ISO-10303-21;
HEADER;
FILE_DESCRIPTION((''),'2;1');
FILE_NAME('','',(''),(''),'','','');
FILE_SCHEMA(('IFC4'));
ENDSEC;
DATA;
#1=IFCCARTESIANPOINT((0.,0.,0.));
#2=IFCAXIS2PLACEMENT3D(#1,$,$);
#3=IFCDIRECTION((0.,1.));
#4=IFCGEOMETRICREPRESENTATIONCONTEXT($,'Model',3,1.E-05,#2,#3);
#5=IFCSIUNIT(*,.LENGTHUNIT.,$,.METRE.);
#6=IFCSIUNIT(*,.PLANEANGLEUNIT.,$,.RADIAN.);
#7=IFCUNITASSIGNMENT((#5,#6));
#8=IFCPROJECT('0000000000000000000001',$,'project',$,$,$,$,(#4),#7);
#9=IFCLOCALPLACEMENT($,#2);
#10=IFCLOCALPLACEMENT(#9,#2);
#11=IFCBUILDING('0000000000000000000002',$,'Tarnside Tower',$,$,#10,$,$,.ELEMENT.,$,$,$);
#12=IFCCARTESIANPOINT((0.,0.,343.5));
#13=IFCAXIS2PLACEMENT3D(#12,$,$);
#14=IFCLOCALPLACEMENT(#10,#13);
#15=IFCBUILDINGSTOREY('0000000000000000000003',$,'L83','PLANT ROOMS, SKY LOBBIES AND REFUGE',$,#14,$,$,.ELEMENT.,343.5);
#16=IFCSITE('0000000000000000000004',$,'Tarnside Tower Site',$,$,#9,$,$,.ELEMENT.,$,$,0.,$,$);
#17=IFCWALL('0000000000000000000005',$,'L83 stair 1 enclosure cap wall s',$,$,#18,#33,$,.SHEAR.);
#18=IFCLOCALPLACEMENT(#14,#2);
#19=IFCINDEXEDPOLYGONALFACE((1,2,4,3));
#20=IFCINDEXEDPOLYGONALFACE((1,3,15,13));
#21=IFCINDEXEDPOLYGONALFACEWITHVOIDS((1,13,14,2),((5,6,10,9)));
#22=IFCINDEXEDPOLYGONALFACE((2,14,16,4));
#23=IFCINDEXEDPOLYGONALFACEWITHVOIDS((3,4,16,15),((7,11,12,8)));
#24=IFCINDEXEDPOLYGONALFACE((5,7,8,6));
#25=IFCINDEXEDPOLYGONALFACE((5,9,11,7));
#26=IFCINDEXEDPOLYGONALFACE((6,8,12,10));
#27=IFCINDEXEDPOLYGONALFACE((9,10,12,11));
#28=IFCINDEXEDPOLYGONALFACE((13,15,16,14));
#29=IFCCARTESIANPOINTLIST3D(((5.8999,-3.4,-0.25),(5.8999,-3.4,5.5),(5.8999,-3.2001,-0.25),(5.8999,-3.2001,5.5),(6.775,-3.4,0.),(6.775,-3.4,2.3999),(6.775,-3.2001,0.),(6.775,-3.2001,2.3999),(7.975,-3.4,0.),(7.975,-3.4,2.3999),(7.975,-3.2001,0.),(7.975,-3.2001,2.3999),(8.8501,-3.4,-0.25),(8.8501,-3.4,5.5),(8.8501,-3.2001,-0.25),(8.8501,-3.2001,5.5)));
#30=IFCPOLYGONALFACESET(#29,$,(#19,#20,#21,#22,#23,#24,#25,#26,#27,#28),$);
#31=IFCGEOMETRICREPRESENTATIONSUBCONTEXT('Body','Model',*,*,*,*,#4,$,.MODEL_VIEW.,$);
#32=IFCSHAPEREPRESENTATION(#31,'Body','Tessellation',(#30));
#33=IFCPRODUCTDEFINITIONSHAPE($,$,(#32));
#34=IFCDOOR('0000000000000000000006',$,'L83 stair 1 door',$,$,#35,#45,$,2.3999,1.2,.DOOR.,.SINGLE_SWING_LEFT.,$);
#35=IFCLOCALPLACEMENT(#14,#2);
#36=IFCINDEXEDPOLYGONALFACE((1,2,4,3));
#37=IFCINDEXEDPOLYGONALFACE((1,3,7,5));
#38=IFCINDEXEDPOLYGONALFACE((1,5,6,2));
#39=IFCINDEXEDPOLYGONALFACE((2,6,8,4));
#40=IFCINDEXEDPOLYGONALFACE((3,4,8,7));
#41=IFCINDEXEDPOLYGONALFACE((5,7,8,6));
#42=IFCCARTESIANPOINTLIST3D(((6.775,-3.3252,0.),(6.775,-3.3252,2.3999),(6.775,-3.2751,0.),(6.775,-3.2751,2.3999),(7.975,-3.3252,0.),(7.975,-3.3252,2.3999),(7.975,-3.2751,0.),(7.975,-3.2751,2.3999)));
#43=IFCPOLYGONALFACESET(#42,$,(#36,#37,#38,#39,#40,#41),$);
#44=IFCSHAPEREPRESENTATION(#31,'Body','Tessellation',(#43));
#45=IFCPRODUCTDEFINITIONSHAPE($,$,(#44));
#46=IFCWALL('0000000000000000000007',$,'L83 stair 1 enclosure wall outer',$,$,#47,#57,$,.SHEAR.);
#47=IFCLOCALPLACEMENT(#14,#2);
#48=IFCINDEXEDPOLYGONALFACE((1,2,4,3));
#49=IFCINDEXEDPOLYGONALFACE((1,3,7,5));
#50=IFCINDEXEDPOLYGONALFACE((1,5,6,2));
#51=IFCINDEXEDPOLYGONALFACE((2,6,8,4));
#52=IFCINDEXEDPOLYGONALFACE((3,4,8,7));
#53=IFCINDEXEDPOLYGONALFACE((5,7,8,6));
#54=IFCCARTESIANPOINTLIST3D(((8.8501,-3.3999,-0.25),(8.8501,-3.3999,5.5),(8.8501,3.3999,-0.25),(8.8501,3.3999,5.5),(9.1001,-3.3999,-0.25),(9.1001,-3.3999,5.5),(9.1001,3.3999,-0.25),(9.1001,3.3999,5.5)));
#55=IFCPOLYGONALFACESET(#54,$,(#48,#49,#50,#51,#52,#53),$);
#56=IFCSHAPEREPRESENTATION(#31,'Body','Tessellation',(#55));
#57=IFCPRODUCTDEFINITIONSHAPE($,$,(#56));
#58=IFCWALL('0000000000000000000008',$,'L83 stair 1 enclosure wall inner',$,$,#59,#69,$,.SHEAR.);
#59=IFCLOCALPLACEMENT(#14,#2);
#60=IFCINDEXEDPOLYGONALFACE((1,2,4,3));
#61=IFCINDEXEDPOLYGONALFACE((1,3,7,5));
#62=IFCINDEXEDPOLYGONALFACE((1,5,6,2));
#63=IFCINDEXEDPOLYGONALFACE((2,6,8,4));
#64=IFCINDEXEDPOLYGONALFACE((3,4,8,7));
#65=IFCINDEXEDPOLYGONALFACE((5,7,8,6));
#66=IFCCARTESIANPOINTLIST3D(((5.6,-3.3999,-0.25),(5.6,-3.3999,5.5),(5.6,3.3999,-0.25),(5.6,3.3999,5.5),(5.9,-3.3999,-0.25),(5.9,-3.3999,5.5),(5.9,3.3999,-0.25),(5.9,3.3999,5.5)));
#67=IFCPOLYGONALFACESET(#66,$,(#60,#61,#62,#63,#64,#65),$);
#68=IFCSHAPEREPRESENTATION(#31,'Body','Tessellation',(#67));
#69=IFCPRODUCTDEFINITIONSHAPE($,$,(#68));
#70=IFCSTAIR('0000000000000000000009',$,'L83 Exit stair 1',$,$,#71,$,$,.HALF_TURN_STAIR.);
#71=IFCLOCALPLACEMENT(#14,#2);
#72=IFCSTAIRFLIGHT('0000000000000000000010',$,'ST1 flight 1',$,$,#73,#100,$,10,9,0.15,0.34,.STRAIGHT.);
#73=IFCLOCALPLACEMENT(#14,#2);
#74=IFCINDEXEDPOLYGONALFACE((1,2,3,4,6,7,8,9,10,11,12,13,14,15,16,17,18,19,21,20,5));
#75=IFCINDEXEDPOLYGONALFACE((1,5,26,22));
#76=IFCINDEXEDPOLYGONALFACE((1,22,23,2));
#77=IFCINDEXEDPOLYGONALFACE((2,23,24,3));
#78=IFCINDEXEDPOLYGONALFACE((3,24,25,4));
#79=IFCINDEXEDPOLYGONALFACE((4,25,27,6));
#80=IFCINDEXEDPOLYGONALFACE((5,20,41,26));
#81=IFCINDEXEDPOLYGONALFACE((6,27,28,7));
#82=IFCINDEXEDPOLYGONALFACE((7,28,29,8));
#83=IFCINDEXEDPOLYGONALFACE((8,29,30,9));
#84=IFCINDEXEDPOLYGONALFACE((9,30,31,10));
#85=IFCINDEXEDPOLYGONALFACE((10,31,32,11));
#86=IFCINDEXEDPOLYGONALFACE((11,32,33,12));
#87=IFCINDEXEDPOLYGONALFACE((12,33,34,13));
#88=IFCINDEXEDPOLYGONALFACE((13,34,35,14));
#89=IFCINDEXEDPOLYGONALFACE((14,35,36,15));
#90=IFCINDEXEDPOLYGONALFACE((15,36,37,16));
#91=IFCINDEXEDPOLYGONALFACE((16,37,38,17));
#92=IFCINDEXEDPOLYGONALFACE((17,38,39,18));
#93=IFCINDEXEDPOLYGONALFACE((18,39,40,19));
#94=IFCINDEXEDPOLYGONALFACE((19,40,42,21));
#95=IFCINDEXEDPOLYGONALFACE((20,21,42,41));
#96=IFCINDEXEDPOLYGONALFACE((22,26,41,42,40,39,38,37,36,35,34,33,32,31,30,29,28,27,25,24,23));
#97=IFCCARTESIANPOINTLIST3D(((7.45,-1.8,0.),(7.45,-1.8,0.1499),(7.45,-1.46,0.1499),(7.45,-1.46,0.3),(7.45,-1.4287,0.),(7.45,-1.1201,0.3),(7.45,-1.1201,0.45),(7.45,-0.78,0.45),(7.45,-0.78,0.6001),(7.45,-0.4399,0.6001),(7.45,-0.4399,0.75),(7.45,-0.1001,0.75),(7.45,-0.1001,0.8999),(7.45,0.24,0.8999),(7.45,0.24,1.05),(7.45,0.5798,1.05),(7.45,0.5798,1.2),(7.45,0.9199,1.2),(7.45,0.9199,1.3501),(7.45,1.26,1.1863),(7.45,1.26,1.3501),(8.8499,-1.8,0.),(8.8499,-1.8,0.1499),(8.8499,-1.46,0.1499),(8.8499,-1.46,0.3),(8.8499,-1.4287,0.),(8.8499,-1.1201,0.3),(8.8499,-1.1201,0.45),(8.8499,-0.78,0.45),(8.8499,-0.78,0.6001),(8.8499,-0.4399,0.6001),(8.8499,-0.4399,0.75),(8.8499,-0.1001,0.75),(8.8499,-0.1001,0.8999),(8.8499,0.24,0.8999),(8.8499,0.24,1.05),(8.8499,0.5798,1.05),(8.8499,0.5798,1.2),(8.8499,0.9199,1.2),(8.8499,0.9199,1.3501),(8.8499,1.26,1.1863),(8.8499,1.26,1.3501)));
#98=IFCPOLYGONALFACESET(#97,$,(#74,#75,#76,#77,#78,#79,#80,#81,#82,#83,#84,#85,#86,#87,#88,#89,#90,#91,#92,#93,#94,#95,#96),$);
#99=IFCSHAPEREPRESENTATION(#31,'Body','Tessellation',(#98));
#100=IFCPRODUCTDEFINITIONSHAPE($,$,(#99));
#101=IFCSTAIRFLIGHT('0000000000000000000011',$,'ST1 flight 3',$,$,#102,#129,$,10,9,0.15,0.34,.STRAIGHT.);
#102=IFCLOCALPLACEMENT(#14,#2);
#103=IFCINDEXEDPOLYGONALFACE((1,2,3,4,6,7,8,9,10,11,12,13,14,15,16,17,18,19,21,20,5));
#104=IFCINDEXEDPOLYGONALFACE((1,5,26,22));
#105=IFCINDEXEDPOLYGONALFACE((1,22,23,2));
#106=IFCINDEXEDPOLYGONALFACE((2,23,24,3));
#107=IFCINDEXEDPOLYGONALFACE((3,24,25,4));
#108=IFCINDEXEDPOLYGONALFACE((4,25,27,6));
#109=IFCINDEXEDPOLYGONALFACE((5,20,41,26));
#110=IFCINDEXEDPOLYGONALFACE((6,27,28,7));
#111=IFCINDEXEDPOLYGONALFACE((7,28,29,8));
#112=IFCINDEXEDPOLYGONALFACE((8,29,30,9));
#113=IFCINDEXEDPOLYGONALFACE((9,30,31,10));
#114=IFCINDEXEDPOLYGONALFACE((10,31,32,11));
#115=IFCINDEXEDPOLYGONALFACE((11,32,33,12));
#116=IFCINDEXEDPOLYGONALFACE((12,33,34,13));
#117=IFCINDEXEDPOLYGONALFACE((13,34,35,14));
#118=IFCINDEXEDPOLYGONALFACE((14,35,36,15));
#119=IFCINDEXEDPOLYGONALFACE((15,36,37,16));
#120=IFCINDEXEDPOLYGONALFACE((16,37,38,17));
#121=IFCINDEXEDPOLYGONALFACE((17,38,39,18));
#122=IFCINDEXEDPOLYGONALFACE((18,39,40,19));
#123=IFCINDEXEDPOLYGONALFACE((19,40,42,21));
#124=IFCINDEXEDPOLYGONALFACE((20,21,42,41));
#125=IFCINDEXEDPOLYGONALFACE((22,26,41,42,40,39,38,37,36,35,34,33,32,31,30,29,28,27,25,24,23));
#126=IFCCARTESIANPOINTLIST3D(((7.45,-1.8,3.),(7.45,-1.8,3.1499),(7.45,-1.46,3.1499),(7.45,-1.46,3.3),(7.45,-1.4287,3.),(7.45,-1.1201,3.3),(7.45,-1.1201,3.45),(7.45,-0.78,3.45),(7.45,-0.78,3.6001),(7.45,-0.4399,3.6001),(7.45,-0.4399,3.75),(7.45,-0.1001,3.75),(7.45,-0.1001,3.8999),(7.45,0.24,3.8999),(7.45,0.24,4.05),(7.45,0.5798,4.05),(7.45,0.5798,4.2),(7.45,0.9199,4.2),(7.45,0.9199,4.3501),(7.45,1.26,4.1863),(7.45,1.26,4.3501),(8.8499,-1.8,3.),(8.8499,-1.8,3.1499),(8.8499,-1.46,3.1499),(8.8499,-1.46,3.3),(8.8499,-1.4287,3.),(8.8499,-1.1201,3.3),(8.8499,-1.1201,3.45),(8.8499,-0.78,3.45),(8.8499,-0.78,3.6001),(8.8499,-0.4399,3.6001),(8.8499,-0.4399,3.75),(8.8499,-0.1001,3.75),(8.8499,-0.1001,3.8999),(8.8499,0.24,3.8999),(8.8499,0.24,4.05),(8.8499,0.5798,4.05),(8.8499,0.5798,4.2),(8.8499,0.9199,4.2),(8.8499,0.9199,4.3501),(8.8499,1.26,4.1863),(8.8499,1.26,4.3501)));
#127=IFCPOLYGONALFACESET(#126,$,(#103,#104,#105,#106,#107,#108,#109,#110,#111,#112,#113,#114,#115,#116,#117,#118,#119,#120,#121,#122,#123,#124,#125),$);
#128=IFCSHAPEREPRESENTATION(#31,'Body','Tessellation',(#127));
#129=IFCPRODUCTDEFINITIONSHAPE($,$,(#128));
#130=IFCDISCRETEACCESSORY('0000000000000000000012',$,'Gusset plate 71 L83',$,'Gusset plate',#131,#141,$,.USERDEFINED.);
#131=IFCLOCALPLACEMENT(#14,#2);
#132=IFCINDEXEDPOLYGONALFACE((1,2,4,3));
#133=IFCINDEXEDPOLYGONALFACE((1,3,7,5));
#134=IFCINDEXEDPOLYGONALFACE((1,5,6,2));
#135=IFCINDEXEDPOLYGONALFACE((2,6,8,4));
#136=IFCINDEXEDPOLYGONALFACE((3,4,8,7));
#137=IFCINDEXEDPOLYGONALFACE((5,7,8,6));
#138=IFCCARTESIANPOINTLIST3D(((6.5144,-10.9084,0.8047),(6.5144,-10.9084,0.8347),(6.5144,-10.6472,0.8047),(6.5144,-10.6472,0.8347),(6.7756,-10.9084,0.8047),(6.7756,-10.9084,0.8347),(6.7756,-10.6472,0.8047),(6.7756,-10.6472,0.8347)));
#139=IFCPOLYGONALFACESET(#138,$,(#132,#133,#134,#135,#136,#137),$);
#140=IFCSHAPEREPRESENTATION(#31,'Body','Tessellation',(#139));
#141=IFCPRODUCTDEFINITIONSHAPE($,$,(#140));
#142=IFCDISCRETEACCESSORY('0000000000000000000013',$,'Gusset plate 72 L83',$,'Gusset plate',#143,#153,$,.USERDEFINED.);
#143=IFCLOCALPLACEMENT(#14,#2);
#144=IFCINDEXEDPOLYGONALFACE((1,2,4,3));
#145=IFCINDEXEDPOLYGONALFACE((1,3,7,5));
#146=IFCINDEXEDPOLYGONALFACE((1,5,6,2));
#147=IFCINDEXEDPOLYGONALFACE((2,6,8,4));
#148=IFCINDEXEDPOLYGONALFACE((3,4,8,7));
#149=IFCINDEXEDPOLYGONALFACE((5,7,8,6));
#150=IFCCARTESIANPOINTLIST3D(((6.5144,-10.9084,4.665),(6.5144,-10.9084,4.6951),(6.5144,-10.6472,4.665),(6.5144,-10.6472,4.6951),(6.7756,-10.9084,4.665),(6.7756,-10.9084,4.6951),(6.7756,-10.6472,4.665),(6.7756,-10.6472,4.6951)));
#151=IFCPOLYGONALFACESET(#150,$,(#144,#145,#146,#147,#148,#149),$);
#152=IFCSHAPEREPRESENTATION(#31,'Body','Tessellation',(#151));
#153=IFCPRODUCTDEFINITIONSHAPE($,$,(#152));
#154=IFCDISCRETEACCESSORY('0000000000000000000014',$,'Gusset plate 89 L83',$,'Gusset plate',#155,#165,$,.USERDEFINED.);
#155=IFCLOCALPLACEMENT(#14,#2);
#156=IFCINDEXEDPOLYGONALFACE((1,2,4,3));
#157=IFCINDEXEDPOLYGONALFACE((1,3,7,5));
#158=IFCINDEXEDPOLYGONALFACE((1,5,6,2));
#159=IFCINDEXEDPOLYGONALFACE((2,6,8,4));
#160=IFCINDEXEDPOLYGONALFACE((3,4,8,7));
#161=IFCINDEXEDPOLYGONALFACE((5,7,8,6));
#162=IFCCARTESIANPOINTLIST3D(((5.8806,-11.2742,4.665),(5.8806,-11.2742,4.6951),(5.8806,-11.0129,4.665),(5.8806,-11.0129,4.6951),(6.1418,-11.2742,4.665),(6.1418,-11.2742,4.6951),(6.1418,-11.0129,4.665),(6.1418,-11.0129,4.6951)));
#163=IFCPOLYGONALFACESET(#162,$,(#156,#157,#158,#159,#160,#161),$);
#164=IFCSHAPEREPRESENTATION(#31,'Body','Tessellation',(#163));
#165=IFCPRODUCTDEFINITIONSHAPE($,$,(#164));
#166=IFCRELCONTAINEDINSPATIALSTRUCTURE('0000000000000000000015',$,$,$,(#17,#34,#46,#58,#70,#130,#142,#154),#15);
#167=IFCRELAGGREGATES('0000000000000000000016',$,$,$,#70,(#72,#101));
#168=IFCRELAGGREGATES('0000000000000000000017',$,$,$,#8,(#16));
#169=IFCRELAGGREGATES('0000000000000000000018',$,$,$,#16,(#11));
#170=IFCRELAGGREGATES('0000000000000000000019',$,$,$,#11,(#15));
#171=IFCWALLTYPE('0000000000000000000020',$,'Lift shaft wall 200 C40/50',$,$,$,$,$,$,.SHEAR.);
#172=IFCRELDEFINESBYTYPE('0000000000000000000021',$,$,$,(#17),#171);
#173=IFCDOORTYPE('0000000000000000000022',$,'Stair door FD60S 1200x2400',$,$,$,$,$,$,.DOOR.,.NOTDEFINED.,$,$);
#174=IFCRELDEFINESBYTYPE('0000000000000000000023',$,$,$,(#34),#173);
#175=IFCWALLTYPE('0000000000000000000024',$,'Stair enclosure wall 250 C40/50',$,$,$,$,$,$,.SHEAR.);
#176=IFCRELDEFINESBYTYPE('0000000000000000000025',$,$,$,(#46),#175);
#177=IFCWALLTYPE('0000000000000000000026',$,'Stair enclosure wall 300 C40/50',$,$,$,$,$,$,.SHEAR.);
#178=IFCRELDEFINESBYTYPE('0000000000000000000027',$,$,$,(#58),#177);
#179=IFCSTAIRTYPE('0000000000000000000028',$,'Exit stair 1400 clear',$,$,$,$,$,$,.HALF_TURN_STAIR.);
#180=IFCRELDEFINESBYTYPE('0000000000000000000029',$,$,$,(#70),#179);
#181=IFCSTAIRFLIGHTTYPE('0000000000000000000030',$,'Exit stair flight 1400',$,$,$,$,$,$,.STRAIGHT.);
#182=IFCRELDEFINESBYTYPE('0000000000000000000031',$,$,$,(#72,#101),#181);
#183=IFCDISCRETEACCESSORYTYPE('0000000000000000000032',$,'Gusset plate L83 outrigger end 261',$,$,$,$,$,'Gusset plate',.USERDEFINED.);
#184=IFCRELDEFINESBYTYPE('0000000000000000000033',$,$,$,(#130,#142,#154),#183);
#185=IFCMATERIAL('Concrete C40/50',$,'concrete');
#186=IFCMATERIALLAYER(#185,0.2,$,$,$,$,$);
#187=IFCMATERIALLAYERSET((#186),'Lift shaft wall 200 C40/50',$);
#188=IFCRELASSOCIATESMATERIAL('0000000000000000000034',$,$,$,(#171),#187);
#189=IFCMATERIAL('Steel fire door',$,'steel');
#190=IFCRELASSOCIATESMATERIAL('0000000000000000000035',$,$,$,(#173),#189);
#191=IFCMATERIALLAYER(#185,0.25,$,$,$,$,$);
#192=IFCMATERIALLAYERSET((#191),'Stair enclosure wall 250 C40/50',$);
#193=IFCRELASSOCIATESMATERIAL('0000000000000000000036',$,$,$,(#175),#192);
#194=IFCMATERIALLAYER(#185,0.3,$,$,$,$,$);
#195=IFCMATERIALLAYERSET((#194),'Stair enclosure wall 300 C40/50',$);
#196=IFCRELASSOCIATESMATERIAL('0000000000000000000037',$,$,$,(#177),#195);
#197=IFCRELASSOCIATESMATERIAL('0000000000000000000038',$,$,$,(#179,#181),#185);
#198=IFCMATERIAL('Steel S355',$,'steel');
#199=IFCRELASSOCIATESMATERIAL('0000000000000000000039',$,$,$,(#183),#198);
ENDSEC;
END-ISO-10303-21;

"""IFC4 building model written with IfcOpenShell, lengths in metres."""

from ifc_helpers import new_model, si_unit, direction, frame, frame_2d, origin, origin_2d, place, context, subcontext, project, spatial, polyline, rectangle, outline, extrude, material, layer, layer_set, type_object, element, fill, aggregate, save


model = new_model("IFC4")

# Units and contexts
model_context = context("Model", 3, precision=1e-05, world=origin(), true_north=direction((0.0, 1.0)))
body_context = subcontext(model_context, "Body", "Model", "MODEL_VIEW")
ifc_project = project(units=[si_unit("LENGTHUNIT", "METRE"), si_unit("PLANEANGLEUNIT", "RADIAN")], contexts=[model_context])

# Site, building, storey
site_placement = place(None, origin())
site = spatial("IfcSite", under=ifc_project, at=site_placement, Name="Tarnside Tower Site", CompositionType="ELEMENT", RefElevation=0.0)
building_placement = place(site_placement, origin())
building = spatial("IfcBuilding", under=site, at=building_placement, Name="Tarnside Tower", CompositionType="ELEMENT")
storey_placement = place(building_placement, frame((0.0, 0.0, 343.5)))
storey = spatial("IfcBuildingStorey", under=building, at=storey_placement, Name="L83", Description="PLANT ROOMS, SKY LOBBIES AND REFUGE", CompositionType="ELEMENT", Elevation=343.5)

# Shared definitions
ifc_material_1 = material(Name="Steel S355", Category="steel")

# Shared definitions
ifc_material_2 = material(Name="Steel fire door", Category="steel")

# Shared definitions
ifc_material_3 = material(Name="Concrete C40/50", Category="concrete")
ifc_layer_1 = layer(ifc_material_3, 0.2)
ifc_layer_set_1 = layer_set([ifc_layer_1], Name="Lift shaft wall 200 C40/50")
wall_type_1 = type_object("IfcWallType", Name="Lift shaft wall 200 C40/50", PredefinedType="SHEAR", material=ifc_layer_set_1)

# Wall, opening, door
wall_1_placement = place(storey_placement, frame((5.8999, -3.3, -0.25), z_axis=(0.0, 0.0, 1.0), x_axis=(1.0, 0.0, 0.0)))
wall_1 = element("IfcWall", 1, at=wall_1_placement, inside=storey, type_object=wall_type_1, Name="L83 stair 1 enclosure cap wall s", PredefinedType="SHEAR", context=body_context, shape_type="SweptSolid", body=[
    extrude(rectangle(XDim=2.9502, YDim=0.2, at=frame_2d((1.4751, 0.0))), origin(), (0.0, 0.0, 1.0), 5.75),
])
opening_1_placement = place(wall_1_placement, frame((0.875, 0.0, 0.25)))
opening_1 = element("IfcOpeningElement", 2, at=opening_1_placement, cuts=wall_1, PredefinedType="OPENING", context=body_context, shape_type="SweptSolid", body=[
    extrude(rectangle(XDim=1.2, YDim=2.3999, at=frame_2d((0.6001, 1.2))), frame((0.0, 0.1099, 0.0), z_axis=(0.0, -1.0, 0.0), x_axis=(1.0, 0.0, 0.0)), (0.0, 0.0, 1.0), 0.22),
])
door_type_1 = type_object("IfcDoorType", Name="Stair door FD60S 1200x2400", OperationType="NOTDEFINED", PredefinedType="DOOR", material=ifc_material_2)
door_1_placement = place(opening_1_placement, origin())
door_1 = element("IfcDoor", 3, at=door_1_placement, inside=storey, type_object=door_type_1, Name="L83 stair 1 door", OperationType="SINGLE_SWING_LEFT", OverallHeight=2.3999, OverallWidth=1.2, PredefinedType="DOOR", context=body_context, shape_type="SweptSolid", body=[
    extrude(rectangle(XDim=1.2, YDim=2.3999, at=frame_2d((0.6001, 1.2))), frame((0.0, 0.0249, 0.0), z_axis=(0.0, -1.0, 0.0), x_axis=(1.0, 0.0, 0.0)), (0.0, 0.0, 1.0), 0.05),
])
fill(opening_1, door_1)

# Walls
ifc_layer_2 = layer(ifc_material_3, 0.25)
ifc_layer_set_2 = layer_set([ifc_layer_2], Name="Stair enclosure wall 250 C40/50")
wall_type_2 = type_object("IfcWallType", Name="Stair enclosure wall 250 C40/50", PredefinedType="SHEAR", material=ifc_layer_set_2)
wall_2_placement = place(storey_placement, frame((8.9751, -3.3999, -0.25), z_axis=(0.0, 0.0, 1.0), x_axis=(0.0, 1.0, 0.0)))
element("IfcWall", 4, at=wall_2_placement, inside=storey, type_object=wall_type_2, Name="L83 stair 1 enclosure wall outer", PredefinedType="SHEAR", context=body_context, shape_type="SweptSolid", body=[
    extrude(rectangle(XDim=6.7998, YDim=0.25, at=frame_2d((3.3999, 0.0))), origin(), (0.0, 0.0, 1.0), 5.75),
])
ifc_layer_3 = layer(ifc_material_3, 0.3)
ifc_layer_set_3 = layer_set([ifc_layer_3], Name="Stair enclosure wall 300 C40/50")
wall_type_3 = type_object("IfcWallType", Name="Stair enclosure wall 300 C40/50", PredefinedType="SHEAR", material=ifc_layer_set_3)
wall_3_placement = place(storey_placement, frame((5.75, -3.3999, -0.25), z_axis=(0.0, 0.0, 1.0), x_axis=(0.0, 1.0, 0.0)))
element("IfcWall", 5, at=wall_3_placement, inside=storey, type_object=wall_type_3, Name="L83 stair 1 enclosure wall inner", PredefinedType="SHEAR", context=body_context, shape_type="SweptSolid", body=[
    extrude(rectangle(XDim=6.7998, YDim=0.3, at=frame_2d((3.3999, 0.0))), origin(), (0.0, 0.0, 1.0), 5.75),
])

# Stair, stair flights
stair_type = type_object("IfcStairType", Name="Exit stair 1400 clear", PredefinedType="HALF_TURN_STAIR", material=ifc_material_3)
stair_placement = place(storey_placement, origin())
stair = element("IfcStair", 6, at=stair_placement, inside=storey, type_object=stair_type, Name="L83 Exit stair 1", PredefinedType="HALF_TURN_STAIR")
stair_flight_type = type_object("IfcStairFlightType", Name="Exit stair flight 1400", PredefinedType="STRAIGHT", material=ifc_material_3)
stair_flight_1_placement = place(storey_placement, frame((8.1499, -1.8, 0.0), z_axis=(0.0, 0.0, 1.0), x_axis=(0.0, 1.0, 0.0)))
stair_flight_1 = element("IfcStairFlight", 7, at=stair_flight_1_placement, type_object=stair_flight_type, Name="ST1 flight 1", NumberOfRisers=10, NumberOfTreads=9, PredefinedType="STRAIGHT", RiserHeight=0.15, TreadLength=0.34, context=body_context, shape_type="SweptSolid", body=[
    extrude(outline(polyline([(0.0, 0.0), (0.0, 0.1499), (0.3401, 0.1499), (0.3401, 0.3), (0.6799, 0.3), (0.6799, 0.45), (1.02, 0.45), (1.02, 0.6001), (1.3601, 0.6001), (1.3601, 0.75), (1.7, 0.75), (1.7, 0.8999), (2.04, 0.8999), (2.04, 1.05), (2.3799, 1.05), (2.3799, 1.2), (2.72, 1.2), (2.72, 1.3501), (3.0601, 1.3501), (3.0601, 1.5), (3.0601, 1.1863), (0.3713, 0.0), (0.0, 0.0)])), frame((0.0, 0.7, 0.0), z_axis=(0.0, -1.0, 0.0), x_axis=(1.0, 0.0, 0.0)), (0.0, 0.0, 1.0), 1.3999),
])
stair_flight_2_placement = place(storey_placement, frame((8.1499, -1.8, 3.0), z_axis=(0.0, 0.0, 1.0), x_axis=(0.0, 1.0, 0.0)))
stair_flight_2 = element("IfcStairFlight", 8, at=stair_flight_2_placement, type_object=stair_flight_type, Name="ST1 flight 3", NumberOfRisers=10, NumberOfTreads=9, PredefinedType="STRAIGHT", RiserHeight=0.15, TreadLength=0.34, context=body_context, shape_type="SweptSolid", body=[
    extrude(outline(polyline([(0.0, 0.0), (0.0, 0.1499), (0.3401, 0.1499), (0.3401, 0.3), (0.6799, 0.3), (0.6799, 0.45), (1.02, 0.45), (1.02, 0.6001), (1.3601, 0.6001), (1.3601, 0.75), (1.7, 0.75), (1.7, 0.8999), (2.04, 0.8999), (2.04, 1.05), (2.3799, 1.05), (2.3799, 1.2), (2.72, 1.2), (2.72, 1.3501), (3.0601, 1.3501), (3.0601, 1.5), (3.0601, 1.1863), (0.3713, 0.0), (0.0, 0.0)])), frame((0.0, 0.7, 0.0), z_axis=(0.0, -1.0, 0.0), x_axis=(1.0, 0.0, 0.0)), (0.0, 0.0, 1.0), 1.3999),
])
aggregate(stair, [stair_flight_1, stair_flight_2])

# Discrete accessories
discrete_accessory_type = type_object("IfcDiscreteAccessoryType", Name="Gusset plate L83 outrigger end 261", ElementType="Gusset plate", PredefinedType="USERDEFINED", material=ifc_material_1)
for number, where, z_axis, x_axis, name in (
    (9, (6.645, -10.7778, 0.8047), (0.0, 0.0, 1.0), (1.0, 0.0, 0.0), "Gusset plate 71 L83"),
    (10, (6.645, -10.7778, 4.665), (0.0, 0.0, 1.0), (1.0, 0.0, 0.0), "Gusset plate 72 L83"),
    (11, (6.0112, -11.1436, 4.665), (0.0, 0.0, 1.0), (1.0, 0.0, 0.0), "Gusset plate 89 L83"),
):
    element("IfcDiscreteAccessory", number, at=place(storey_placement, frame(where, z_axis=z_axis, x_axis=x_axis)), inside=storey, type_object=discrete_accessory_type, Name=name, ObjectType="Gusset plate", PredefinedType="USERDEFINED", context=body_context, shape_type="SweptSolid", body=[
        extrude(rectangle(XDim=0.2612, YDim=0.2612, at=origin_2d()), origin(), (0.0, 0.0, 1.0), 0.03),
    ])

save(model, "model.ifc")
